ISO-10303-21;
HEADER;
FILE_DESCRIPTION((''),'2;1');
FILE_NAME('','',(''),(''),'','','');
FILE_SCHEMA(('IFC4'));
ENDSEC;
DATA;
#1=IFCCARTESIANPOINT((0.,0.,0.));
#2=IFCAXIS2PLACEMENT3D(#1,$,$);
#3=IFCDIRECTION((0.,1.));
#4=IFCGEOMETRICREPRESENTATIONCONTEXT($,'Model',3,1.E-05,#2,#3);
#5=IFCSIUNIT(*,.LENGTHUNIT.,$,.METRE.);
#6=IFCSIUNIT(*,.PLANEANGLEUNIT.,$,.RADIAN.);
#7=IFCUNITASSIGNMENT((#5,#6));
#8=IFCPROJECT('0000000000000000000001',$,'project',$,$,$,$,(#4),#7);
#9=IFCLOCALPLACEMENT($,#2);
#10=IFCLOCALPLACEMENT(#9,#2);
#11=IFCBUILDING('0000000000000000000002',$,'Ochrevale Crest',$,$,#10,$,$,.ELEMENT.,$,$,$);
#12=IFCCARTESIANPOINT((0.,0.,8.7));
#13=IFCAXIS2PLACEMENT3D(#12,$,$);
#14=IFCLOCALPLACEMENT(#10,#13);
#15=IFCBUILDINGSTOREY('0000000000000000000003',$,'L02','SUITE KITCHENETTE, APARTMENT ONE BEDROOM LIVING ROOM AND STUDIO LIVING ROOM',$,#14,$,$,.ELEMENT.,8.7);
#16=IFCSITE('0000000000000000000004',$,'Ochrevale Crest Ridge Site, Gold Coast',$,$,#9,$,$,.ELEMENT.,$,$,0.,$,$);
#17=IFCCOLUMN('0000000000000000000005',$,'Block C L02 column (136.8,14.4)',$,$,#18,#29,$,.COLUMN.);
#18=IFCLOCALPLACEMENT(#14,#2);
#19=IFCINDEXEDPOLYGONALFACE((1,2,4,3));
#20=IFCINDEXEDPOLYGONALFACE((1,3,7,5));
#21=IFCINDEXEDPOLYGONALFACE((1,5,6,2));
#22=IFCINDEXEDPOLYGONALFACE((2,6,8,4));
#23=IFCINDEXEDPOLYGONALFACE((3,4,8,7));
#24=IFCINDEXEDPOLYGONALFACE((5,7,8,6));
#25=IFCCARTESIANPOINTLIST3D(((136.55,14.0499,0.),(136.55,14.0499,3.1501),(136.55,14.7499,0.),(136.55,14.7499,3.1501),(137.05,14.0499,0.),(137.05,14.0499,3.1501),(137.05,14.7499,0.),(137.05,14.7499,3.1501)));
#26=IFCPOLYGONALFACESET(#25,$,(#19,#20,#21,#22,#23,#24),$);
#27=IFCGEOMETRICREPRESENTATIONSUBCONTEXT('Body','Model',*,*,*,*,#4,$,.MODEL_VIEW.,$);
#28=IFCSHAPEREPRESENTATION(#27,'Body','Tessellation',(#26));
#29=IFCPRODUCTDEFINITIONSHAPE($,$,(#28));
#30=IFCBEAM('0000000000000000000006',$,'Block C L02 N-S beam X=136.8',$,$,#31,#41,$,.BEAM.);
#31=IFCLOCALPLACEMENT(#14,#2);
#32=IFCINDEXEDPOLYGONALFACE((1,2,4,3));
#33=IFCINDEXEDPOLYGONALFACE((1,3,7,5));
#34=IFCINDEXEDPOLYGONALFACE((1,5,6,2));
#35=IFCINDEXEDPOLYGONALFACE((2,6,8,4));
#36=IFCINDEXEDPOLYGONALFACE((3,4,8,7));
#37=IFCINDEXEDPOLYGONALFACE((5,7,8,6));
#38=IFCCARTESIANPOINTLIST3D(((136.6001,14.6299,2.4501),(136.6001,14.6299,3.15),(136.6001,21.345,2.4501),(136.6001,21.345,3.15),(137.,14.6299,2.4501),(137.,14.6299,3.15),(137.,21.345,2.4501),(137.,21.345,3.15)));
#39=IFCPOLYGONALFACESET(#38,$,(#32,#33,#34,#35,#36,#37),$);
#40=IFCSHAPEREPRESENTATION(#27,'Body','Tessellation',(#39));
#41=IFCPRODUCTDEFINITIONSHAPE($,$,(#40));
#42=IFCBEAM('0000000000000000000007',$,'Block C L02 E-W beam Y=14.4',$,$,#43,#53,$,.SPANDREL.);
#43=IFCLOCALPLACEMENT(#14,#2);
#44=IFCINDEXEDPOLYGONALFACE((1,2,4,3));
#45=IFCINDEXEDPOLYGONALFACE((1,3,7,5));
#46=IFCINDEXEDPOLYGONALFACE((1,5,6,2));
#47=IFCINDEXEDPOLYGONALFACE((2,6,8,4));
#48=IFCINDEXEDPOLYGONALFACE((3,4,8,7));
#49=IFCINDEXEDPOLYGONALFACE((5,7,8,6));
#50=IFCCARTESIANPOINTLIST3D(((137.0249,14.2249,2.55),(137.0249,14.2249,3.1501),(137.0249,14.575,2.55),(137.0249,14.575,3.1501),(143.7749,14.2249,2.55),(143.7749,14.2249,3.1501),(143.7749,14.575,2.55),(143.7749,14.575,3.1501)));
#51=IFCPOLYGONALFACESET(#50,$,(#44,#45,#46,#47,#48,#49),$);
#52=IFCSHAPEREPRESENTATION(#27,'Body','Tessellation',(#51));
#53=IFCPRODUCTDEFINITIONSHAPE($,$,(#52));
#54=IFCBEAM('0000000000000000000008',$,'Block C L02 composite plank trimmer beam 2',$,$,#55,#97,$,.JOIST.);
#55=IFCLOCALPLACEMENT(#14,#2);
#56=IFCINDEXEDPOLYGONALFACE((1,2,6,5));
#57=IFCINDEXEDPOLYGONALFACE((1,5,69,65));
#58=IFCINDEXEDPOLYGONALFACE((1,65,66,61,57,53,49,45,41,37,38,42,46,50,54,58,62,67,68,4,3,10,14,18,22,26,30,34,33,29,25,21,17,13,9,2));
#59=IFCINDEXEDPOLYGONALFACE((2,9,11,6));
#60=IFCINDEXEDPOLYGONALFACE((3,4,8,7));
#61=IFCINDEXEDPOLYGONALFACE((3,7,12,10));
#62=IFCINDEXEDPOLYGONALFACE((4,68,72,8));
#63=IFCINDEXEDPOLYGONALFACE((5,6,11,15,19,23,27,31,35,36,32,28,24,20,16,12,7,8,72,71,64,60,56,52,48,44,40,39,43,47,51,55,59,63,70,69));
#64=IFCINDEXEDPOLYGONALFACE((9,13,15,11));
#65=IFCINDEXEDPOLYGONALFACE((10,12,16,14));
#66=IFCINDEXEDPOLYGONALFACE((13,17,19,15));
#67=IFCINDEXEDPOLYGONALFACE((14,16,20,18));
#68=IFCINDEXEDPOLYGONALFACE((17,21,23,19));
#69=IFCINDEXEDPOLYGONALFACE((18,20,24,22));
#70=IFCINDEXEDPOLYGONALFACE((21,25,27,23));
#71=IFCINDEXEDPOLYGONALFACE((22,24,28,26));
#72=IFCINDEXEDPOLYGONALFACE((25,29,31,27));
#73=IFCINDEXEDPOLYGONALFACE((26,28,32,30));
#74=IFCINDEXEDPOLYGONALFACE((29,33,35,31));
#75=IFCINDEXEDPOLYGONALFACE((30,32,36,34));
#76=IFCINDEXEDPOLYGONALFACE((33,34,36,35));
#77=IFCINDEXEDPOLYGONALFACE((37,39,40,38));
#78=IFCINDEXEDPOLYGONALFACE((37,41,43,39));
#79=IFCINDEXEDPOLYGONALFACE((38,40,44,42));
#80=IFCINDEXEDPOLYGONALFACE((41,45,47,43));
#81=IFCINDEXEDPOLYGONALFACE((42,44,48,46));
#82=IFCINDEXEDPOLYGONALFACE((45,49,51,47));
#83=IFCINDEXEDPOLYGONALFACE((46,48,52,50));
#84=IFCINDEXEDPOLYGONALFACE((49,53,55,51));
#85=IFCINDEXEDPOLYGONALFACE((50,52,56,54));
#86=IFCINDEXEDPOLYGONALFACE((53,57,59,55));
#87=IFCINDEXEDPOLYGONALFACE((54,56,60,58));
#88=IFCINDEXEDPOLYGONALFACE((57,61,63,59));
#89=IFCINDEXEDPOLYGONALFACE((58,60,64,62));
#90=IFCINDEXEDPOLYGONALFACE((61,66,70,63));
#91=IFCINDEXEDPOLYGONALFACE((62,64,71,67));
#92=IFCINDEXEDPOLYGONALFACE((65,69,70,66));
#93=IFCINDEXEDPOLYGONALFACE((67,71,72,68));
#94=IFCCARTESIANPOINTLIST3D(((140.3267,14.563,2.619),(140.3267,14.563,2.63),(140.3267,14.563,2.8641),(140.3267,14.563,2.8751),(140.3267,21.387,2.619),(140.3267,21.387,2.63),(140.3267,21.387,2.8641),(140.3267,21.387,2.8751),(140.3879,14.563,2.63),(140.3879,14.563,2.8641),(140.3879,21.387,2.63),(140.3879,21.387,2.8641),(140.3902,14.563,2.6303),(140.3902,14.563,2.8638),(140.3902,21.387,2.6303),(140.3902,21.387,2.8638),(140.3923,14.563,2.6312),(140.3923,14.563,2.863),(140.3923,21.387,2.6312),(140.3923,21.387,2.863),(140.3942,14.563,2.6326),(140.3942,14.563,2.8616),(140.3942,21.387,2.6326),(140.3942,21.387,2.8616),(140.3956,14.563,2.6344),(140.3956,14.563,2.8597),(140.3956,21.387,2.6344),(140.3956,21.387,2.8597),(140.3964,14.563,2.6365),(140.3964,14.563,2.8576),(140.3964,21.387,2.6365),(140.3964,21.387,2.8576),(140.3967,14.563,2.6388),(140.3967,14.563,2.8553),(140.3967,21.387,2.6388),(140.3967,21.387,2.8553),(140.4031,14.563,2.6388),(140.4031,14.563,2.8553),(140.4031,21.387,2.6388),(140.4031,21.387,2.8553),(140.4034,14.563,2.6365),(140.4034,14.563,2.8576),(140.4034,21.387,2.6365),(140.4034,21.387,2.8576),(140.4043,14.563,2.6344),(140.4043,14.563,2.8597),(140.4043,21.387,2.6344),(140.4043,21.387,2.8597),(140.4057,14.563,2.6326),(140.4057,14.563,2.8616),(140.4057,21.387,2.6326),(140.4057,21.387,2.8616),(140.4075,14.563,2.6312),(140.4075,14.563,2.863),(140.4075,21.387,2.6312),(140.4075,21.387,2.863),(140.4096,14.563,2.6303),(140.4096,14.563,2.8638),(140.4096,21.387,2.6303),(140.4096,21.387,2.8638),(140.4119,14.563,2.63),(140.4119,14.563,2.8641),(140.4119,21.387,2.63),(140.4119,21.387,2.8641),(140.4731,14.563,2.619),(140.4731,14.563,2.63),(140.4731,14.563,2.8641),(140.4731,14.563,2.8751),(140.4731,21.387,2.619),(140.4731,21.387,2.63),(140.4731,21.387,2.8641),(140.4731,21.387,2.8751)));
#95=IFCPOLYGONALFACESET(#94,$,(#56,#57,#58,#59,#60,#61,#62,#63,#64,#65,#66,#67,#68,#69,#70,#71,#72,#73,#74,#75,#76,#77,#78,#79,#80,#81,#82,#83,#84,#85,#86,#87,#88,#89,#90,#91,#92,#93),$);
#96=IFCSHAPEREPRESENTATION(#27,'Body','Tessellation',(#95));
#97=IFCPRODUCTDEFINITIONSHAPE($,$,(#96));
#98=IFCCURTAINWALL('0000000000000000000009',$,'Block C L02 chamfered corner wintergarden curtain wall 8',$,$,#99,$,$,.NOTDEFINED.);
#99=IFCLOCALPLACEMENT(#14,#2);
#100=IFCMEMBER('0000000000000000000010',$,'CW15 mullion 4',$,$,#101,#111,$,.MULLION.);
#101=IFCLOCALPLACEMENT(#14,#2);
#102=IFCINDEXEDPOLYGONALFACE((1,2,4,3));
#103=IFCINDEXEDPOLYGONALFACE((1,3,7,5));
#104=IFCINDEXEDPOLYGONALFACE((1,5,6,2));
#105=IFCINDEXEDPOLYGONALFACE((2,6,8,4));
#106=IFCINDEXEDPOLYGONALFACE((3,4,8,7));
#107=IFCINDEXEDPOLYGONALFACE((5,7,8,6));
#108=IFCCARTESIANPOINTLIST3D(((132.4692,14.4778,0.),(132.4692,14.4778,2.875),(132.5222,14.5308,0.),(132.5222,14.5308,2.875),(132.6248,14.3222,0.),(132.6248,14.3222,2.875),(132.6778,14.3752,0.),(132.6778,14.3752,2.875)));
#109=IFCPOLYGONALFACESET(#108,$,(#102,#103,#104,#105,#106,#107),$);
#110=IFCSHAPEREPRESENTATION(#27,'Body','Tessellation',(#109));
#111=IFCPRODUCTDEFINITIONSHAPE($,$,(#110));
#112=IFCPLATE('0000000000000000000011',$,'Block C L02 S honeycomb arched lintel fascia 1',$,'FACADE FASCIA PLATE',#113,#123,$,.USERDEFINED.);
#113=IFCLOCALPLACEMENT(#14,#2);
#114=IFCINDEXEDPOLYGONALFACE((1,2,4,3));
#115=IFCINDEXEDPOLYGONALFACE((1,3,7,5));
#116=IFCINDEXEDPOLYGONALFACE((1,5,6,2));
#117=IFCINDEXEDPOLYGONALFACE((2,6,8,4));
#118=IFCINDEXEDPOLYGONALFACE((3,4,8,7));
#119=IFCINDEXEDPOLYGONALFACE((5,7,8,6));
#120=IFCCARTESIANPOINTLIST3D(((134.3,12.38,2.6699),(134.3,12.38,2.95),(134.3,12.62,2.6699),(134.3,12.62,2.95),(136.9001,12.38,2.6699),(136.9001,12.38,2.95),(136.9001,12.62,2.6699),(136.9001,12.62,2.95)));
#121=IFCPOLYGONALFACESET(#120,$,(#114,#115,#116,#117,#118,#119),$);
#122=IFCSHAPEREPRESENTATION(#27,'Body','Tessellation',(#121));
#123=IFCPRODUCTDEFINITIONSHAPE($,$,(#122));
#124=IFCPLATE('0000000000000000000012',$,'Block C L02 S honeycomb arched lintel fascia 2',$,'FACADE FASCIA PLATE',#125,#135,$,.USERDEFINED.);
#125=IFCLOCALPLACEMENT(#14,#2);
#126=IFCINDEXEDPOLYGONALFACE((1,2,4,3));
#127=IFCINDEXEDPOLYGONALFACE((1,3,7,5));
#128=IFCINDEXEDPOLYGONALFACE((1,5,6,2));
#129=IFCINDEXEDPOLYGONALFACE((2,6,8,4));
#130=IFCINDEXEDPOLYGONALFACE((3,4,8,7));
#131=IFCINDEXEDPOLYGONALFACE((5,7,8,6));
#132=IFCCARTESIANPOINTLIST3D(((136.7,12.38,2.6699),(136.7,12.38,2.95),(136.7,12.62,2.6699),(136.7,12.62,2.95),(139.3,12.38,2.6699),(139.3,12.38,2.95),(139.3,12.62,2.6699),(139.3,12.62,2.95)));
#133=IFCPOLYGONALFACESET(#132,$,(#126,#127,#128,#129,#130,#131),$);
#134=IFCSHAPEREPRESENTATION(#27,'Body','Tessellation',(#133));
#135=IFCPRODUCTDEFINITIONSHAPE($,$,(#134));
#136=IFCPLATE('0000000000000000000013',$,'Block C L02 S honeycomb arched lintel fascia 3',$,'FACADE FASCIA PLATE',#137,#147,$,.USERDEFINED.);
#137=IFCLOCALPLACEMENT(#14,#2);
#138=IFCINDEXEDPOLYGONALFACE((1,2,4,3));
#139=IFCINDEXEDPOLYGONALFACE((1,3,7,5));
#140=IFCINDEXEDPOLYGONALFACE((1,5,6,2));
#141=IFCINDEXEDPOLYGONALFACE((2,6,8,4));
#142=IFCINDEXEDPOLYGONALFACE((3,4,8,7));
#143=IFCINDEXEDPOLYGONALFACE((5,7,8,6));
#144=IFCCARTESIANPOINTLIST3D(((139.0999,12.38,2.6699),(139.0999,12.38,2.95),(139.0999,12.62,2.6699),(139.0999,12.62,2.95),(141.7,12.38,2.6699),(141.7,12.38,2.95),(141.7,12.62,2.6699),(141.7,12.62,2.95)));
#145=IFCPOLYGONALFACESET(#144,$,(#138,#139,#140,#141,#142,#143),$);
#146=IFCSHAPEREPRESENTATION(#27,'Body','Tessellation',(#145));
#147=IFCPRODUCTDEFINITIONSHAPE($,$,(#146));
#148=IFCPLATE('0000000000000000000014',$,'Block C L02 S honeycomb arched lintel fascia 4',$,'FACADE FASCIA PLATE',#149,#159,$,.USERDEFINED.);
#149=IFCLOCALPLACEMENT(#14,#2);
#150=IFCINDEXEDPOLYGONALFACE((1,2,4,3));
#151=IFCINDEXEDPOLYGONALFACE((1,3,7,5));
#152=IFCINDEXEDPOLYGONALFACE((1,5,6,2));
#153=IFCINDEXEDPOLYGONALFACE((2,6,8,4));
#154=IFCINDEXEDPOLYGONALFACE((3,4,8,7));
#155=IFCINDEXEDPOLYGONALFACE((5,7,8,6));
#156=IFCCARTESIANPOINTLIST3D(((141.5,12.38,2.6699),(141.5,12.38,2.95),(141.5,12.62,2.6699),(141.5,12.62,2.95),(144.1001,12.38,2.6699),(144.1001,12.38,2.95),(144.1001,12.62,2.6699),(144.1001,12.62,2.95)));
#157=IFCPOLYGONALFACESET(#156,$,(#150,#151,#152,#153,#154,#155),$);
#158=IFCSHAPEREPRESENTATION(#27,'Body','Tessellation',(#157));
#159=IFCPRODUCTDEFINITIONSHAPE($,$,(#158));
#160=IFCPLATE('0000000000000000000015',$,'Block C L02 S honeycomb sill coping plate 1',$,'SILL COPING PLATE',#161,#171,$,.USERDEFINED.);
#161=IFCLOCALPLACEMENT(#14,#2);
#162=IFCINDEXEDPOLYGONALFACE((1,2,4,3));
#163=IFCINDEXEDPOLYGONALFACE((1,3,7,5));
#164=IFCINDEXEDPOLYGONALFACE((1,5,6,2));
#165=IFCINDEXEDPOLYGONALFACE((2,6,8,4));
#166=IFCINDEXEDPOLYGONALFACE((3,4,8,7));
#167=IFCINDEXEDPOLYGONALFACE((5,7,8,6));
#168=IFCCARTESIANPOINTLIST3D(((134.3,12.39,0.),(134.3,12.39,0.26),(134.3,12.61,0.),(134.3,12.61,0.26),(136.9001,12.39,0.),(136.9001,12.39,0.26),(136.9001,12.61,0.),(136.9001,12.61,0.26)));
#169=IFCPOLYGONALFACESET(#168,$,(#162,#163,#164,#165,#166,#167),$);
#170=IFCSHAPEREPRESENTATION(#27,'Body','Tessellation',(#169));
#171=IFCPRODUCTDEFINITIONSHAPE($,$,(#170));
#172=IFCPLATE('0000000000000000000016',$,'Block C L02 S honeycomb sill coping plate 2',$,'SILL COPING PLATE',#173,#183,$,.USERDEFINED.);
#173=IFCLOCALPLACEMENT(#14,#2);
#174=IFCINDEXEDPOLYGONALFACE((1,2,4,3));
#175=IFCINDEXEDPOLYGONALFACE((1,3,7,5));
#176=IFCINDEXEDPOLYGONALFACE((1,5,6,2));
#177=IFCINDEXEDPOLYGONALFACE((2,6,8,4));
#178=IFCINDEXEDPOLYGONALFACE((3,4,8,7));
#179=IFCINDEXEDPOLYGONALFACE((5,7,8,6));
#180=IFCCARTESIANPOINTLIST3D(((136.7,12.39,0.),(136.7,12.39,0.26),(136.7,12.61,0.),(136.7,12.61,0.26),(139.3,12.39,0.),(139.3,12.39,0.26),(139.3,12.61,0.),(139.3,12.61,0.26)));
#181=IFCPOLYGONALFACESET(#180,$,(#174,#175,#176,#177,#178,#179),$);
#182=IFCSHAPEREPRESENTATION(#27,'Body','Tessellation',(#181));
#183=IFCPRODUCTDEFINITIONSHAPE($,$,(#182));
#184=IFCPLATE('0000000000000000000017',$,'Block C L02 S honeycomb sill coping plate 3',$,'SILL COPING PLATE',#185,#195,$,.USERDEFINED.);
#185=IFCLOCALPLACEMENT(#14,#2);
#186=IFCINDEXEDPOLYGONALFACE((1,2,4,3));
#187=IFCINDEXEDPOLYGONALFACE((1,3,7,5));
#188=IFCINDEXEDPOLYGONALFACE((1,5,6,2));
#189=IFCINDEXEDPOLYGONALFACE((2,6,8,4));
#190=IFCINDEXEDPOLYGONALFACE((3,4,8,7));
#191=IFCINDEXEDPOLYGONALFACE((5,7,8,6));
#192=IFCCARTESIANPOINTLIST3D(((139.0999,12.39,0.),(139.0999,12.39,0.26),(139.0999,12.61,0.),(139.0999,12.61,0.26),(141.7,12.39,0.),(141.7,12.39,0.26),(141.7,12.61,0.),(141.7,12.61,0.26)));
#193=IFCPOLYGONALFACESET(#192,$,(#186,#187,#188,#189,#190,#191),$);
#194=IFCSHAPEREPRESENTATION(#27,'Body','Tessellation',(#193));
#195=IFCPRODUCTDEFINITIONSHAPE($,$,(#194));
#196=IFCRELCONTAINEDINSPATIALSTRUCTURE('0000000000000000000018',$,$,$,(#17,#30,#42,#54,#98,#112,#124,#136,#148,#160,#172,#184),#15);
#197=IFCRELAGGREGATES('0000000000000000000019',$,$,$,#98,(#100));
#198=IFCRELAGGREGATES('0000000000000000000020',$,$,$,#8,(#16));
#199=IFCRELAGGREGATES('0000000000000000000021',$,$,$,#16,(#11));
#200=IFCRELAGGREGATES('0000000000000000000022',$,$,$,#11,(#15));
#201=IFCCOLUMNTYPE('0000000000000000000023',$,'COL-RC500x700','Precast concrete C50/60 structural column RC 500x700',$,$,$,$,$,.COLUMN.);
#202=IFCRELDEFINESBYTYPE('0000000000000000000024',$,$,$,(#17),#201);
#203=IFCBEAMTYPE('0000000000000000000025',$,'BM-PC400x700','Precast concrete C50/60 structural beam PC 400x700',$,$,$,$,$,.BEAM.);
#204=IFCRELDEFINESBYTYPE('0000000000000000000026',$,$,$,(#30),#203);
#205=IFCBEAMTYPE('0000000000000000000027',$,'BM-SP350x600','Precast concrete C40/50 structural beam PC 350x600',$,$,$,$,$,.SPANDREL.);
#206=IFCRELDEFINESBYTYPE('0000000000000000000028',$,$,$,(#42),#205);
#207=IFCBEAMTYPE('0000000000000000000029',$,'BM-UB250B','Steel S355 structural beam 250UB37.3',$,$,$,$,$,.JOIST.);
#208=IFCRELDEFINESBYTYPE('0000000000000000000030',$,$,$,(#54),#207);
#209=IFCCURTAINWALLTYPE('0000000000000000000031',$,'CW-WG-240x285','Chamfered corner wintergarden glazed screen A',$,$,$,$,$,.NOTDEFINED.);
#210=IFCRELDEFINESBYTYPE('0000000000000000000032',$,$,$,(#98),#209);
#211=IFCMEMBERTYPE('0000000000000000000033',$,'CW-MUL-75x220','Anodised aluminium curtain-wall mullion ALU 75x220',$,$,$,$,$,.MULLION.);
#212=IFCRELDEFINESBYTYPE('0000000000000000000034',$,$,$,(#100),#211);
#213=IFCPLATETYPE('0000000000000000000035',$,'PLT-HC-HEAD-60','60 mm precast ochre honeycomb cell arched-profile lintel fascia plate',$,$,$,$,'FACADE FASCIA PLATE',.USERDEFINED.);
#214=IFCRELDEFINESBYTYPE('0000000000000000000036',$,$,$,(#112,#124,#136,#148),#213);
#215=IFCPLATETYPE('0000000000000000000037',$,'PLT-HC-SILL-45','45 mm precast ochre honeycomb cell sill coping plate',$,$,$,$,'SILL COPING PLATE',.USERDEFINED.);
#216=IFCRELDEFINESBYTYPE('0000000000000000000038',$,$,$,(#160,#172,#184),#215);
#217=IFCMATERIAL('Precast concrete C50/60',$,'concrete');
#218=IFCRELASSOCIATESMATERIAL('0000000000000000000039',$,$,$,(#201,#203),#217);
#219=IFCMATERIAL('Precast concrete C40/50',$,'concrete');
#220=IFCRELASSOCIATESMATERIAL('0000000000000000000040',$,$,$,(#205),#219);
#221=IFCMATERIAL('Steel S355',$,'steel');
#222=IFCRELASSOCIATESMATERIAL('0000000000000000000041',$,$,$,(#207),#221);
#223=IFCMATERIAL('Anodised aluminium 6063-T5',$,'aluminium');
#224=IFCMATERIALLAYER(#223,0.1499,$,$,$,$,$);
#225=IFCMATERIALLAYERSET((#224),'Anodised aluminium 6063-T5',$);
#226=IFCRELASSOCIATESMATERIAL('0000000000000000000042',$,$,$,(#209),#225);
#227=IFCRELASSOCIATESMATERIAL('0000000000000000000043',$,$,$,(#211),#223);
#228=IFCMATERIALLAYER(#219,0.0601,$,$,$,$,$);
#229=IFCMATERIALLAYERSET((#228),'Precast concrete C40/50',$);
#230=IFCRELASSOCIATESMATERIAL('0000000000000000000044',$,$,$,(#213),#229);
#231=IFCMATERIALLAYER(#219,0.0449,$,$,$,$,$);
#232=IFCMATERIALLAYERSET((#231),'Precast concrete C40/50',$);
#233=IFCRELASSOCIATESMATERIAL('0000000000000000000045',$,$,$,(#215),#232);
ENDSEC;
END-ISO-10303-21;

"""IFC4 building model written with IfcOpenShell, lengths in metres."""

from ifc_helpers import new_model, si_unit, direction, frame, origin, origin_2d, place, context, subcontext, project, spatial, rectangle, i_section, extrude, material, layer, layer_set, material_profile, profile_set, type_object, element, aggregate, save


model = new_model("IFC4")

# Units and contexts
model_context = context("Model", 3, precision=1e-05, world=origin(), true_north=direction((0.0, 1.0)))
body_context = subcontext(model_context, "Body", "Model", "MODEL_VIEW")
ifc_project = project(units=[si_unit("LENGTHUNIT", "METRE"), si_unit("PLANEANGLEUNIT", "RADIAN")], contexts=[model_context])

# Site, building, storey
site_placement = place(None, origin())
site = spatial("IfcSite", under=ifc_project, at=site_placement, Name="Ochrevale Crest Ridge Site, Gold Coast", CompositionType="ELEMENT", RefElevation=0.0)
building_placement = place(site_placement, origin())
building = spatial("IfcBuilding", under=site, at=building_placement, Name="Ochrevale Crest", CompositionType="ELEMENT")
storey_placement = place(building_placement, frame((0.0, 0.0, 8.7)))
storey = spatial("IfcBuildingStorey", under=building, at=storey_placement, Name="L02", Description="SUITE KITCHENETTE, APARTMENT ONE BEDROOM LIVING ROOM AND STUDIO LIVING ROOM", CompositionType="ELEMENT", Elevation=8.7)

# Column
ifc_material_1 = material(Name="Precast concrete C50/60", Category="concrete")
ifc_material_profile_1 = material_profile(ifc_material_1, rectangle(XDim=0.5, YDim=0.7, at=origin_2d()), Name="RC 500x700")
ifc_profile_set_1 = profile_set([ifc_material_profile_1], Name="Precast concrete C50/60")
column_type = type_object("IfcColumnType", Name="COL-RC500x700", Description="Precast concrete C50/60 structural column RC 500x700", PredefinedType="COLUMN", material=ifc_profile_set_1)
column_placement = place(storey_placement, frame((136.8, 14.3999, 0.0), z_axis=(0.0, 0.0, 1.0), x_axis=(1.0, 0.0, 0.0)))
element("IfcColumn", 1, at=column_placement, inside=storey, type_object=column_type, Name="Block C L02 column (136.8,14.4)", PredefinedType="COLUMN", context=body_context, shape_type="SweptSolid", body=[
    extrude(rectangle(XDim=0.5, YDim=0.7, at=origin_2d()), origin(), (0.0, 0.0, 1.0), 3.1501),
])

# Beams
ifc_material_profile_2 = material_profile(ifc_material_1, rectangle(XDim=0.3999, YDim=0.7, at=origin_2d()), Name="PC 400x700")
ifc_profile_set_2 = profile_set([ifc_material_profile_2], Name="Precast concrete C50/60")
beam_type_1 = type_object("IfcBeamType", Name="BM-PC400x700", Description="Precast concrete C50/60 structural beam PC 400x700", PredefinedType="BEAM", material=ifc_profile_set_2)
beam_1_placement = place(storey_placement, frame((136.8, 14.6299, 2.8), z_axis=(0.0, 1.0, 0.0), x_axis=(-1.0, 0.0, 0.0)))
element("IfcBeam", 2, at=beam_1_placement, inside=storey, type_object=beam_type_1, Name="Block C L02 N-S beam X=136.8", PredefinedType="BEAM", context=body_context, shape_type="SweptSolid", body=[
    extrude(rectangle(XDim=0.3999, YDim=0.7, at=origin_2d()), origin(), (0.0, 0.0, 1.0), 6.7151),
])
ifc_material_2 = material(Name="Precast concrete C40/50", Category="concrete")
ifc_material_profile_3 = material_profile(ifc_material_2, rectangle(XDim=0.3501, YDim=0.6001, at=origin_2d()), Name="PC 350x600")
ifc_profile_set_3 = profile_set([ifc_material_profile_3], Name="Precast concrete C40/50")
beam_type_2 = type_object("IfcBeamType", Name="BM-SP350x600", Description="Precast concrete C40/50 structural beam PC 350x600", PredefinedType="SPANDREL", material=ifc_profile_set_3)
beam_2_placement = place(storey_placement, frame((137.0249, 14.3999, 2.8501), z_axis=(1.0, 0.0, 0.0), x_axis=(0.0, 1.0, 0.0)))
element("IfcBeam", 3, at=beam_2_placement, inside=storey, type_object=beam_type_2, Name="Block C L02 E-W beam Y=14.4", PredefinedType="SPANDREL", context=body_context, shape_type="SweptSolid", body=[
    extrude(rectangle(XDim=0.3501, YDim=0.6001, at=origin_2d()), origin(), (0.0, 0.0, 1.0), 6.75),
])
ifc_material_3 = material(Name="Steel S355", Category="steel")
ifc_material_profile_4 = material_profile(ifc_material_3, i_section(OverallWidth=0.1465, OverallDepth=0.2561, WebThickness=0.0063, FlangeThickness=0.011, FilletRadius=0.0088, at=origin_2d()), Name="250UB37.3")
ifc_profile_set_4 = profile_set([ifc_material_profile_4], Name="Steel S355")
beam_type_3 = type_object("IfcBeamType", Name="BM-UB250B", Description="Steel S355 structural beam 250UB37.3", PredefinedType="JOIST", material=ifc_profile_set_4)
beam_3_placement = place(storey_placement, frame((140.3999, 14.563, 2.7471), z_axis=(0.0, 1.0, 0.0), x_axis=(-1.0, 0.0, 0.0)))
element("IfcBeam", 4, at=beam_3_placement, inside=storey, type_object=beam_type_3, Name="Block C L02 composite plank trimmer beam 2", PredefinedType="JOIST", context=body_context, shape_type="SweptSolid", body=[
    extrude(i_section(OverallWidth=0.1465, OverallDepth=0.2561, WebThickness=0.0063, FlangeThickness=0.011, FilletRadius=0.0088, at=origin_2d()), origin(), (0.0, 0.0, 1.0), 6.824),
])

# Curtain wall, member
ifc_material_4 = material(Name="Anodised aluminium 6063-T5", Category="aluminium")
ifc_layer_1 = layer(ifc_material_4, 0.1499)
ifc_layer_set_1 = layer_set([ifc_layer_1], Name="Anodised aluminium 6063-T5")
curtain_wall_type = type_object("IfcCurtainWallType", Name="CW-WG-240x285", Description="Chamfered corner wintergarden glazed screen A", PredefinedType="NOTDEFINED", material=ifc_layer_set_1)
curtain_wall_placement = place(storey_placement, origin())
curtain_wall = element("IfcCurtainWall", 5, at=curtain_wall_placement, inside=storey, type_object=curtain_wall_type, Name="Block C L02 chamfered corner wintergarden curtain wall 8", PredefinedType="NOTDEFINED")
ifc_material_profile_5 = material_profile(ifc_material_4, rectangle(XDim=0.075, YDim=0.22, at=origin_2d()), Name="ALU 75x220")
ifc_profile_set_5 = profile_set([ifc_material_profile_5], Name="Anodised aluminium 6063-T5")
member_type = type_object("IfcMemberType", Name="CW-MUL-75x220", Description="Anodised aluminium curtain-wall mullion ALU 75x220", PredefinedType="MULLION", material=ifc_profile_set_5)
member_placement = place(storey_placement, frame((132.5735, 14.4265, 0.0), z_axis=(0.0, 0.0, 1.0), x_axis=(0.707107, 0.707107, 0.0)))
member = element("IfcMember", 6, at=member_placement, type_object=member_type, Name="CW15 mullion 4", PredefinedType="MULLION", context=body_context, shape_type="SweptSolid", body=[
    extrude(rectangle(XDim=0.075, YDim=0.22, at=origin_2d()), origin(), (0.0, 0.0, 1.0), 2.875),
])
aggregate(curtain_wall, [member])

# Plates
ifc_layer_2 = layer(ifc_material_2, 0.0601)
ifc_layer_set_2 = layer_set([ifc_layer_2], Name="Precast concrete C40/50")
plate_type_1 = type_object("IfcPlateType", Name="PLT-HC-HEAD-60", Description="60 mm precast ochre honeycomb cell arched-profile lintel fascia plate", ElementType="FACADE FASCIA PLATE", PredefinedType="USERDEFINED", material=ifc_layer_set_2)
for number, where, z_axis, x_axis, name in (
    (7, (135.6001, 12.5, 2.6699), (0.0, 0.0, 1.0), (1.0, 0.0, 0.0), "Block C L02 S honeycomb arched lintel fascia 1"),
    (8, (138.0, 12.5, 2.6699), (0.0, 0.0, 1.0), (1.0, 0.0, 0.0), "Block C L02 S honeycomb arched lintel fascia 2"),
    (9, (140.3999, 12.5, 2.6699), (0.0, 0.0, 1.0), (1.0, 0.0, 0.0), "Block C L02 S honeycomb arched lintel fascia 3"),
    (10, (142.8, 12.5, 2.6699), (0.0, 0.0, 1.0), (1.0, 0.0, 0.0), "Block C L02 S honeycomb arched lintel fascia 4"),
):
    element("IfcPlate", number, at=place(storey_placement, frame(where, z_axis=z_axis, x_axis=x_axis)), inside=storey, type_object=plate_type_1, Name=name, ObjectType="FACADE FASCIA PLATE", PredefinedType="USERDEFINED", context=body_context, shape_type="SweptSolid", body=[
        extrude(rectangle(XDim=2.6001, YDim=0.24, at=origin_2d()), origin(), (0.0, 0.0, 1.0), 0.28),
    ])
ifc_layer_3 = layer(ifc_material_2, 0.0449)
ifc_layer_set_3 = layer_set([ifc_layer_3], Name="Precast concrete C40/50")
plate_type_2 = type_object("IfcPlateType", Name="PLT-HC-SILL-45", Description="45 mm precast ochre honeycomb cell sill coping plate", ElementType="SILL COPING PLATE", PredefinedType="USERDEFINED", material=ifc_layer_set_3)
for number, where, z_axis, x_axis, name in (
    (11, (135.6001, 12.5, 0.0), (0.0, 0.0, 1.0), (1.0, 0.0, 0.0), "Block C L02 S honeycomb sill coping plate 1"),
    (12, (138.0, 12.5, 0.0), (0.0, 0.0, 1.0), (1.0, 0.0, 0.0), "Block C L02 S honeycomb sill coping plate 2"),
    (13, (140.3999, 12.5, 0.0), (0.0, 0.0, 1.0), (1.0, 0.0, 0.0), "Block C L02 S honeycomb sill coping plate 3"),
):
    element("IfcPlate", number, at=place(storey_placement, frame(where, z_axis=z_axis, x_axis=x_axis)), inside=storey, type_object=plate_type_2, Name=name, ObjectType="SILL COPING PLATE", PredefinedType="USERDEFINED", context=body_context, shape_type="SweptSolid", body=[
        extrude(rectangle(XDim=2.6001, YDim=0.22, at=origin_2d()), origin(), (0.0, 0.0, 1.0), 0.26),
    ])

save(model, "model.ifc")
